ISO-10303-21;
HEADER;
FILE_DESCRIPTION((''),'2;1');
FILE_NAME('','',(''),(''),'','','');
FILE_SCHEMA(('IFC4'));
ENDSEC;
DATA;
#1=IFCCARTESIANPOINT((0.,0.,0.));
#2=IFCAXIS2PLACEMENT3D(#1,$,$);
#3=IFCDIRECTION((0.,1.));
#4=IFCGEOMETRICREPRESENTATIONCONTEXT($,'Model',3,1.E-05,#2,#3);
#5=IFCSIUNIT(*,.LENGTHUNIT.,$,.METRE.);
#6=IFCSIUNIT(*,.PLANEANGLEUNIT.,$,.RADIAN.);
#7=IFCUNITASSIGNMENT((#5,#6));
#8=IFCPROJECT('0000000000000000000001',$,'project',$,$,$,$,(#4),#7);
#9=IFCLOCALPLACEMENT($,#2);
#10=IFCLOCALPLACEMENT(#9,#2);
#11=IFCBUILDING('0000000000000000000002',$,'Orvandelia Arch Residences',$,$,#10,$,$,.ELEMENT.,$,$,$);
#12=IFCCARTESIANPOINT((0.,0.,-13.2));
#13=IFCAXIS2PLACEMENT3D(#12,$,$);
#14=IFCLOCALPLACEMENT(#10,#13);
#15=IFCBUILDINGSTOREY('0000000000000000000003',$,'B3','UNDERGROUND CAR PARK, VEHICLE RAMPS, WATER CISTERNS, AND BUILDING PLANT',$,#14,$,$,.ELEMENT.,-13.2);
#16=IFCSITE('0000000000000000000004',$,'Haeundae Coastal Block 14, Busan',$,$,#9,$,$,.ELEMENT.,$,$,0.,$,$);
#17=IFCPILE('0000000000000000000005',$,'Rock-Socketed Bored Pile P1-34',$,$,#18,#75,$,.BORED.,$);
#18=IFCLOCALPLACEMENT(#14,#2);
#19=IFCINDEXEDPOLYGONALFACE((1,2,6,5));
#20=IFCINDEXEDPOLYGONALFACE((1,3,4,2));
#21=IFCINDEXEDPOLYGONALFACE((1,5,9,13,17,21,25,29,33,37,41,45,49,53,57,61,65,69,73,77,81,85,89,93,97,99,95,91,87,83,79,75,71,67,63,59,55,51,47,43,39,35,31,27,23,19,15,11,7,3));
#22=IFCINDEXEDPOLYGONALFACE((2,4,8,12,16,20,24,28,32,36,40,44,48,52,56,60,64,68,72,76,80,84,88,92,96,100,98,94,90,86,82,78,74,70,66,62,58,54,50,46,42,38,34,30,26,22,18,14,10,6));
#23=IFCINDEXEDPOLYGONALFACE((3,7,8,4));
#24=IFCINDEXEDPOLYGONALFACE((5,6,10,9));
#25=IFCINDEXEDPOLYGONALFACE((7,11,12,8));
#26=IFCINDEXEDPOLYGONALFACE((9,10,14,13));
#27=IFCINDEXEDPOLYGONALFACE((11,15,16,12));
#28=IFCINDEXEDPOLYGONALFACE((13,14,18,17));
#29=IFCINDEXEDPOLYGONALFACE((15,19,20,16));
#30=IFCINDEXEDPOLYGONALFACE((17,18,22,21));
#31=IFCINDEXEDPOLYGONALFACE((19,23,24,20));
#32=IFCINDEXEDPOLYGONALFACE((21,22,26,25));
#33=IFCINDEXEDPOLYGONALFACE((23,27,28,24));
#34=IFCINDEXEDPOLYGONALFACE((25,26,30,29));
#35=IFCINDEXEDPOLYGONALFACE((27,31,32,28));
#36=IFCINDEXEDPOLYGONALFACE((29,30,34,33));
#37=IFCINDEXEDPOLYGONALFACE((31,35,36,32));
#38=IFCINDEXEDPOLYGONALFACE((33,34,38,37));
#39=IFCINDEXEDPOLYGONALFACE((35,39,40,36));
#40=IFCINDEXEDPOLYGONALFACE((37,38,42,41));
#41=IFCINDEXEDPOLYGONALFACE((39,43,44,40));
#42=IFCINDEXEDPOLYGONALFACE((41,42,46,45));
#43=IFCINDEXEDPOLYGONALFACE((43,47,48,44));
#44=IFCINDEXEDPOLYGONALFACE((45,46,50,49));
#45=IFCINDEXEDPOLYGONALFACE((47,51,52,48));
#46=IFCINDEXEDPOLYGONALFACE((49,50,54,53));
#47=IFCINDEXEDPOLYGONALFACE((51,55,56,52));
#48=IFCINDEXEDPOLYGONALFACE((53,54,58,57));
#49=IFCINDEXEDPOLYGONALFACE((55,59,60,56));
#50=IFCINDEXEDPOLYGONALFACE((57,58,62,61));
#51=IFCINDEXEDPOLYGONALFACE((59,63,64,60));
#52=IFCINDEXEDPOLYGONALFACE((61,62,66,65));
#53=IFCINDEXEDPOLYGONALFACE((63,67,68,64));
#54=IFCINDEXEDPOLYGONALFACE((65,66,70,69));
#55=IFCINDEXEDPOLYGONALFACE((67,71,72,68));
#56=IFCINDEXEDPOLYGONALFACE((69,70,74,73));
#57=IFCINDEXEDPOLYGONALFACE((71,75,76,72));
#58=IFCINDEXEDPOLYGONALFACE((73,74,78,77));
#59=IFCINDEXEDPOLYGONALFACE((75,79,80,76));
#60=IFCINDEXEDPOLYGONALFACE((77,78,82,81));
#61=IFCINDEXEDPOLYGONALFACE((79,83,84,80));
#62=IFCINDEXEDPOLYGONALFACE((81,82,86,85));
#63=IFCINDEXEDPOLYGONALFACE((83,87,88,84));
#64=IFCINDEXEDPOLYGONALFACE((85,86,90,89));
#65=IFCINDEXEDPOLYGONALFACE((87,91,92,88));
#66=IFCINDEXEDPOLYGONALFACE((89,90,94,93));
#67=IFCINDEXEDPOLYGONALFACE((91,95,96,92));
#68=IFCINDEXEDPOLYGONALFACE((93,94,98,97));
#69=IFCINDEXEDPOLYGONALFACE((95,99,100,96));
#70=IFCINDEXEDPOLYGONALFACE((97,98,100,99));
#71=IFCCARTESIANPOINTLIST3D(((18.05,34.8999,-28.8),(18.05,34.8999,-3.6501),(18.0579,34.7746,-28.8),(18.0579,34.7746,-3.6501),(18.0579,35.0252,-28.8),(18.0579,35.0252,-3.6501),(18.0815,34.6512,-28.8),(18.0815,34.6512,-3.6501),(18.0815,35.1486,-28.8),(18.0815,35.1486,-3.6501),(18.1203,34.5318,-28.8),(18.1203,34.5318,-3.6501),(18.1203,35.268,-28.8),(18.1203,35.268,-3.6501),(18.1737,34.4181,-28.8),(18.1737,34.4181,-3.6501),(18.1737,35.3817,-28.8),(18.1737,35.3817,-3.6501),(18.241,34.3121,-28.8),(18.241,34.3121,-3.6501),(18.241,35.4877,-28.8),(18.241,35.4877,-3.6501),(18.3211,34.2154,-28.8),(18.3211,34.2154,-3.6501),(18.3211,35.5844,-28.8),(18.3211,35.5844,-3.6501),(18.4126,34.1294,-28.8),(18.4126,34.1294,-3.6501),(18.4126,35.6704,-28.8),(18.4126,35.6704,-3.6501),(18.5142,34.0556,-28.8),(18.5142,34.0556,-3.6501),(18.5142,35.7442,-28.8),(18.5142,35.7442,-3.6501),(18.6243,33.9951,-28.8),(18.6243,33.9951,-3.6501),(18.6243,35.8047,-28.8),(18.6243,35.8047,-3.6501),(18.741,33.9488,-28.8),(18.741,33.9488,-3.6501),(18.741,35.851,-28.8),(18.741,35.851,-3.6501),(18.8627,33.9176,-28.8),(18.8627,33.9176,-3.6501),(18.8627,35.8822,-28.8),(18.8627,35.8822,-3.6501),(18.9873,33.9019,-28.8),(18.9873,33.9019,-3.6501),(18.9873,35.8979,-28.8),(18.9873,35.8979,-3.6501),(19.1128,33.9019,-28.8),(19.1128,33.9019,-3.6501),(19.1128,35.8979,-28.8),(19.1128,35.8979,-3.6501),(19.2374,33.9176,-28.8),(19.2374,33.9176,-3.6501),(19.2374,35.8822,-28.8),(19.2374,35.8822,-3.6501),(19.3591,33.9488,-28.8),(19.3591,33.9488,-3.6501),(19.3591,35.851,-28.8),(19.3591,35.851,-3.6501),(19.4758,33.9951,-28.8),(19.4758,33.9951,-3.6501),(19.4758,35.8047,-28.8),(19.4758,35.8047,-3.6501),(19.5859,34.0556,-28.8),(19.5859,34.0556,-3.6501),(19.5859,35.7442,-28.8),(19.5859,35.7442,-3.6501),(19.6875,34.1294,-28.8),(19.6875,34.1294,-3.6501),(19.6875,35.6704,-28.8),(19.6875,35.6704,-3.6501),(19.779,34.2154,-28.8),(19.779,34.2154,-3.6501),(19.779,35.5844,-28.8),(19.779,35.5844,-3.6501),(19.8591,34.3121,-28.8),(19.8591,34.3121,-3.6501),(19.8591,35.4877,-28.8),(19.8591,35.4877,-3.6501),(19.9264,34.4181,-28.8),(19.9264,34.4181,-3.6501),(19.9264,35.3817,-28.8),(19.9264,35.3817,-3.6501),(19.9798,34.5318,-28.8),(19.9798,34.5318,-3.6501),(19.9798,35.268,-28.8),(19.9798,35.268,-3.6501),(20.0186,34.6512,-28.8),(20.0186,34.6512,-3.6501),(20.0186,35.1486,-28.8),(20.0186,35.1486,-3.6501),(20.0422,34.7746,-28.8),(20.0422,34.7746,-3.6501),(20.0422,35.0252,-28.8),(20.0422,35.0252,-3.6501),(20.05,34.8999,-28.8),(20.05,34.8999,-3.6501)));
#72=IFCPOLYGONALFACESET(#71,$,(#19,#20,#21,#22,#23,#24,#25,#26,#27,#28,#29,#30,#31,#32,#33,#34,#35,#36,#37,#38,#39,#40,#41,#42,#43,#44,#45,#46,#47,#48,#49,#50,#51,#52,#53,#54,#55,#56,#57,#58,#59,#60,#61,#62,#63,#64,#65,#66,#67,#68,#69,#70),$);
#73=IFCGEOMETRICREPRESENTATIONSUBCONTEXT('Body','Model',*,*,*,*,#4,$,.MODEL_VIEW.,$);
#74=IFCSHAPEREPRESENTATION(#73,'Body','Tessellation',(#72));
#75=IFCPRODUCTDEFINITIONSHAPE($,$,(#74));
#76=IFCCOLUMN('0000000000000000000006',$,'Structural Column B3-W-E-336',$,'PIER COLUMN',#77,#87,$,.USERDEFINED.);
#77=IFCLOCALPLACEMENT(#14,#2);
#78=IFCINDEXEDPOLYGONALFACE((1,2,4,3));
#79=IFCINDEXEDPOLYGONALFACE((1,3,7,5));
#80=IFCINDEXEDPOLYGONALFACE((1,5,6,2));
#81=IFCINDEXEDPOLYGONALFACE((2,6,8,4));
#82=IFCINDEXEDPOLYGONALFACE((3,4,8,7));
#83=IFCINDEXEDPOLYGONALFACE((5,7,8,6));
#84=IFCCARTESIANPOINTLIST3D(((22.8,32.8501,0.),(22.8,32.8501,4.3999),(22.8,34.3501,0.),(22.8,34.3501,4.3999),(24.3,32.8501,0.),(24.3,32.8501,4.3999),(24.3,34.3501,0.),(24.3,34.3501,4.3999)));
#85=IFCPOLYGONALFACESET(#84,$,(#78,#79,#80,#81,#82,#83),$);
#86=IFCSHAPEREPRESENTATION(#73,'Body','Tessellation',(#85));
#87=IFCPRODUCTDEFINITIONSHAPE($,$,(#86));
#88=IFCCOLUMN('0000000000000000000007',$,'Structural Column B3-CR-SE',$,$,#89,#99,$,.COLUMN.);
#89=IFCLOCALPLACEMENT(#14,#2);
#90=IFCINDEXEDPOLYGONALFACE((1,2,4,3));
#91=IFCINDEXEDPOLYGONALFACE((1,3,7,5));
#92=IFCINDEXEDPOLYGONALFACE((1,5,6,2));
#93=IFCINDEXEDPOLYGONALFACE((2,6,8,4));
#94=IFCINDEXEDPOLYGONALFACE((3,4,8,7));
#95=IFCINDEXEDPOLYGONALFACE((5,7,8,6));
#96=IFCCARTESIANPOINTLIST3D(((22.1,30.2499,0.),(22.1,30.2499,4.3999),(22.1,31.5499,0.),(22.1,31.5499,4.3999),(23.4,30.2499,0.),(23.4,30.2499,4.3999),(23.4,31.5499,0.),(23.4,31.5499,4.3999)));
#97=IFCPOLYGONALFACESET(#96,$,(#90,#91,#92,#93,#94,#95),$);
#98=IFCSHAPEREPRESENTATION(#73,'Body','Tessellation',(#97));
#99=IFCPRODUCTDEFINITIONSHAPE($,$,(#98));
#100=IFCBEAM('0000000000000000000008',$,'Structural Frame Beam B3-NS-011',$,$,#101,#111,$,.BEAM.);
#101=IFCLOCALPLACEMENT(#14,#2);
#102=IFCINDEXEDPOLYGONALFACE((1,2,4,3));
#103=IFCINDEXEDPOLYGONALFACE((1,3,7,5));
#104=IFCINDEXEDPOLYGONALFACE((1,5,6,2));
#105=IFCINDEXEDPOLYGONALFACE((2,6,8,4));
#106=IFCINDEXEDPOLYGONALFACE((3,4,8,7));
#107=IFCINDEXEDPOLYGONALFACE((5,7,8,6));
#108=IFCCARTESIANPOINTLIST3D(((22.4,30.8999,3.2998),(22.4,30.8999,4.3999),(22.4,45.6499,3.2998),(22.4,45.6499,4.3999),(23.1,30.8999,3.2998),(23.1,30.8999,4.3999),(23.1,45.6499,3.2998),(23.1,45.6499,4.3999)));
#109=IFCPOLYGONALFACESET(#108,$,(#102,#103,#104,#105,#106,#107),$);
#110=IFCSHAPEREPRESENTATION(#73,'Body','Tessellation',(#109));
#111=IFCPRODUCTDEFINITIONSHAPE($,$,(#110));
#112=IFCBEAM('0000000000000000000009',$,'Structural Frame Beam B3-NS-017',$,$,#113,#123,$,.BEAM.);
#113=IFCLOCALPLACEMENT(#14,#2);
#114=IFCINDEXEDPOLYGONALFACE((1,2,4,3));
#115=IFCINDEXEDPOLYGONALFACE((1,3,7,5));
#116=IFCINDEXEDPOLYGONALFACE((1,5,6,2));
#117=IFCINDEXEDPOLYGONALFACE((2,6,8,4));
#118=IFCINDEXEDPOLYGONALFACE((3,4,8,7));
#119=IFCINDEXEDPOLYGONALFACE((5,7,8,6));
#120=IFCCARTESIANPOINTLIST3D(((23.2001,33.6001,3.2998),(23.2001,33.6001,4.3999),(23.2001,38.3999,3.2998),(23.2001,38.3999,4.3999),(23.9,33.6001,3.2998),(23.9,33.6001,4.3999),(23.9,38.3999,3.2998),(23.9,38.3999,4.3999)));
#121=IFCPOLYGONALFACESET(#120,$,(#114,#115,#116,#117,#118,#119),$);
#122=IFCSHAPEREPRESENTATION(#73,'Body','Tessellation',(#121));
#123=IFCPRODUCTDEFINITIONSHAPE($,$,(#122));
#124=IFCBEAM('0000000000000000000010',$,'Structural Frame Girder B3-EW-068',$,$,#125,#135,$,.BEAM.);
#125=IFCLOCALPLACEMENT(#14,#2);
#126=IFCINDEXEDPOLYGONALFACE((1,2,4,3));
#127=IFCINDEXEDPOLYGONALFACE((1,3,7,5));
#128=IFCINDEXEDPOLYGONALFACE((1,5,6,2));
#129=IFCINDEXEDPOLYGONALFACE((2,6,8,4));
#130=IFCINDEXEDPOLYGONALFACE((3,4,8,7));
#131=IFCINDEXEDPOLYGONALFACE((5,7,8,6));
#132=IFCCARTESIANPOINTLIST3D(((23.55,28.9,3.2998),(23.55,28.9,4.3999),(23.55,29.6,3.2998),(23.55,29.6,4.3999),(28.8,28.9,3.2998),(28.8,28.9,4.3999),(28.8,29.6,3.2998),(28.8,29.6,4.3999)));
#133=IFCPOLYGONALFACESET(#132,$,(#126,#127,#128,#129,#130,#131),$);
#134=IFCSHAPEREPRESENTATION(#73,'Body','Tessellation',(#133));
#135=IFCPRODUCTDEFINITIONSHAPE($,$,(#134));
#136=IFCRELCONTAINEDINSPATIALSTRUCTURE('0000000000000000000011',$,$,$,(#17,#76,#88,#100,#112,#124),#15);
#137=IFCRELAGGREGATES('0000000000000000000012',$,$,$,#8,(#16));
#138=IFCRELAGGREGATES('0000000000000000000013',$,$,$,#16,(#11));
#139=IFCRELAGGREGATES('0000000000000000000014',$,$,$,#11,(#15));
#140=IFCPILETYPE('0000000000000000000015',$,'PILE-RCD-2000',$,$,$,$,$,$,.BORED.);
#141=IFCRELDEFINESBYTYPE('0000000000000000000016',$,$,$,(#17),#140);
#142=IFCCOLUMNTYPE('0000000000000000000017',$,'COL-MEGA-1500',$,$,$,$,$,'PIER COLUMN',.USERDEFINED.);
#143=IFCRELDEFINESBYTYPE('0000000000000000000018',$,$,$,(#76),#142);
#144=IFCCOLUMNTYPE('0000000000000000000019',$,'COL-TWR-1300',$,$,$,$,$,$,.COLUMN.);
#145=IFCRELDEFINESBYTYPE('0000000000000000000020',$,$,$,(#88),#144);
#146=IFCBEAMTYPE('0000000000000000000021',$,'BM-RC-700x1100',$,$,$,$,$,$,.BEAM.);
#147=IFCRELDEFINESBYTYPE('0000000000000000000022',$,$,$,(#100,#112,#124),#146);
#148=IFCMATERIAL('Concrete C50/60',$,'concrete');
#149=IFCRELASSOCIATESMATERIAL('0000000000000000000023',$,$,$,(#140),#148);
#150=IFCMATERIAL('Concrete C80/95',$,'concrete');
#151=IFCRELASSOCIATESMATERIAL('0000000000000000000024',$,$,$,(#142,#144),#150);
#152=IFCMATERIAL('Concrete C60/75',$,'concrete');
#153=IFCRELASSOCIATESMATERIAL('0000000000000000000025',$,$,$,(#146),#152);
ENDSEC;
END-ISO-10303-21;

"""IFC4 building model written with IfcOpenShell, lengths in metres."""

from ifc_helpers import new_model, si_unit, direction, frame, origin, origin_2d, place, context, subcontext, project, spatial, rectangle, circle, extrude, material, material_profile, profile_set, type_object, element, save


model = new_model("IFC4")

# Units and contexts
model_context = context("Model", 3, precision=1e-05, world=origin(), true_north=direction((0.0, 1.0)))
body_context = subcontext(model_context, "Body", "Model", "MODEL_VIEW")
ifc_project = project(units=[si_unit("LENGTHUNIT", "METRE"), si_unit("PLANEANGLEUNIT", "RADIAN")], contexts=[model_context])

# Site, building, storey
site_placement = place(None, origin())
site = spatial("IfcSite", under=ifc_project, at=site_placement, Name="Haeundae Coastal Block 14, Busan", CompositionType="ELEMENT", RefElevation=0.0)
building_placement = place(site_placement, origin())
building = spatial("IfcBuilding", under=site, at=building_placement, Name="Orvandelia Arch Residences", CompositionType="ELEMENT")
storey_placement = place(building_placement, frame((0.0, 0.0, -13.2)))
storey = spatial("IfcBuildingStorey", under=building, at=storey_placement, Name="B3", Description="UNDERGROUND CAR PARK, VEHICLE RAMPS, WATER CISTERNS, AND BUILDING PLANT", CompositionType="ELEMENT", Elevation=-13.2)

# Pile
ifc_material_1 = material(Name="Concrete C50/60", Category="concrete")
ifc_material_profile_1 = material_profile(ifc_material_1, circle(Radius=1.0, at=origin_2d()), Name="Concrete C50/60", Category="concrete")
ifc_profile_set_1 = profile_set([ifc_material_profile_1], Name="Concrete C50/60")
pile_type = type_object("IfcPileType", Name="PILE-RCD-2000", PredefinedType="BORED", material=ifc_profile_set_1)
for number, where, z_axis, x_axis, name in (
    (1, (19.05, 34.8999, -3.6501), (0.0, 0.0, -1.0), (1.0, 0.0, 0.0), "Rock-Socketed Bored Pile P1-34"),
):
    element("IfcPile", number, at=place(storey_placement, frame(where, z_axis=z_axis, x_axis=x_axis)), inside=storey, type_object=pile_type, Name=name, PredefinedType="BORED", context=body_context, shape_type="SweptSolid", body=[
        extrude(circle(Radius=1.0, at=origin_2d()), origin(), (0.0, 0.0, 1.0), 25.1499),
    ])

# Columns
ifc_material_2 = material(Name="Concrete C80/95", Category="concrete")
ifc_material_profile_2 = material_profile(ifc_material_2, rectangle(XDim=1.5, YDim=1.5, at=origin_2d()), Name="Concrete C80/95", Category="concrete")
ifc_profile_set_2 = profile_set([ifc_material_profile_2], Name="Concrete C80/95")
column_type_1 = type_object("IfcColumnType", Name="COL-MEGA-1500", ElementType="PIER COLUMN", PredefinedType="USERDEFINED", material=ifc_profile_set_2)
column_1_placement = place(storey_placement, frame((23.55, 33.6001, 0.0), z_axis=(0.0, 0.0, 1.0), x_axis=(1.0, 0.0, 0.0)))
element("IfcColumn", 2, at=column_1_placement, inside=storey, type_object=column_type_1, Name="Structural Column B3-W-E-336", ObjectType="PIER COLUMN", PredefinedType="USERDEFINED", context=body_context, shape_type="SweptSolid", body=[
    extrude(rectangle(XDim=1.5, YDim=1.5, at=origin_2d()), origin(), (0.0, 0.0, 1.0), 4.3999),
])
ifc_material_profile_3 = material_profile(ifc_material_2, rectangle(XDim=1.3, YDim=1.3, at=origin_2d()), Name="Concrete C80/95", Category="concrete")
ifc_profile_set_3 = profile_set([ifc_material_profile_3], Name="Concrete C80/95")
column_type_2 = type_object("IfcColumnType", Name="COL-TWR-1300", PredefinedType="COLUMN", material=ifc_profile_set_3)
column_2_placement = place(storey_placement, frame((22.75, 30.8999, 0.0), z_axis=(0.0, 0.0, 1.0), x_axis=(1.0, 0.0, 0.0)))
element("IfcColumn", 3, at=column_2_placement, inside=storey, type_object=column_type_2, Name="Structural Column B3-CR-SE", PredefinedType="COLUMN", context=body_context, shape_type="SweptSolid", body=[
    extrude(rectangle(XDim=1.3, YDim=1.3, at=origin_2d()), origin(), (0.0, 0.0, 1.0), 4.3999),
])

# Beams
ifc_material_3 = material(Name="Concrete C60/75", Category="concrete")
ifc_material_profile_4 = material_profile(ifc_material_3, rectangle(XDim=0.7, YDim=1.1001, at=origin_2d()), Name="Concrete C60/75", Category="concrete")
ifc_profile_set_4 = profile_set([ifc_material_profile_4], Name="Concrete C60/75")
beam_type = type_object("IfcBeamType", Name="BM-RC-700x1100", PredefinedType="BEAM", material=ifc_profile_set_4)
beam_1_placement = place(storey_placement, frame((22.75, 30.8999, 3.8499), z_axis=(0.0, 1.0, 0.0), x_axis=(-1.0, 0.0, 0.0)))
element("IfcBeam", 4, at=beam_1_placement, inside=storey, type_object=beam_type, Name="Structural Frame Beam B3-NS-011", PredefinedType="BEAM", context=body_context, shape_type="SweptSolid", body=[
    extrude(rectangle(XDim=0.7, YDim=1.1001, at=origin_2d()), origin(), (0.0, 0.0, 1.0), 14.75),
])
beam_2_placement = place(storey_placement, frame((23.55, 33.6001, 3.8499), z_axis=(0.0, 1.0, 0.0), x_axis=(-1.0, 0.0, 0.0)))
element("IfcBeam", 5, at=beam_2_placement, inside=storey, type_object=beam_type, Name="Structural Frame Beam B3-NS-017", PredefinedType="BEAM", context=body_context, shape_type="SweptSolid", body=[
    extrude(rectangle(XDim=0.7, YDim=1.1001, at=origin_2d()), origin(), (0.0, 0.0, 1.0), 4.7998),
])
beam_3_placement = place(storey_placement, frame((23.55, 29.25, 3.8499), z_axis=(1.0, 0.0, 0.0), x_axis=(0.0, 1.0, 0.0)))
element("IfcBeam", 6, at=beam_3_placement, inside=storey, type_object=beam_type, Name="Structural Frame Girder B3-EW-068", PredefinedType="BEAM", context=body_context, shape_type="SweptSolid", body=[
    extrude(rectangle(XDim=0.7, YDim=1.1001, at=origin_2d()), origin(), (0.0, 0.0, 1.0), 5.25),
])

save(model, "model.ifc")
